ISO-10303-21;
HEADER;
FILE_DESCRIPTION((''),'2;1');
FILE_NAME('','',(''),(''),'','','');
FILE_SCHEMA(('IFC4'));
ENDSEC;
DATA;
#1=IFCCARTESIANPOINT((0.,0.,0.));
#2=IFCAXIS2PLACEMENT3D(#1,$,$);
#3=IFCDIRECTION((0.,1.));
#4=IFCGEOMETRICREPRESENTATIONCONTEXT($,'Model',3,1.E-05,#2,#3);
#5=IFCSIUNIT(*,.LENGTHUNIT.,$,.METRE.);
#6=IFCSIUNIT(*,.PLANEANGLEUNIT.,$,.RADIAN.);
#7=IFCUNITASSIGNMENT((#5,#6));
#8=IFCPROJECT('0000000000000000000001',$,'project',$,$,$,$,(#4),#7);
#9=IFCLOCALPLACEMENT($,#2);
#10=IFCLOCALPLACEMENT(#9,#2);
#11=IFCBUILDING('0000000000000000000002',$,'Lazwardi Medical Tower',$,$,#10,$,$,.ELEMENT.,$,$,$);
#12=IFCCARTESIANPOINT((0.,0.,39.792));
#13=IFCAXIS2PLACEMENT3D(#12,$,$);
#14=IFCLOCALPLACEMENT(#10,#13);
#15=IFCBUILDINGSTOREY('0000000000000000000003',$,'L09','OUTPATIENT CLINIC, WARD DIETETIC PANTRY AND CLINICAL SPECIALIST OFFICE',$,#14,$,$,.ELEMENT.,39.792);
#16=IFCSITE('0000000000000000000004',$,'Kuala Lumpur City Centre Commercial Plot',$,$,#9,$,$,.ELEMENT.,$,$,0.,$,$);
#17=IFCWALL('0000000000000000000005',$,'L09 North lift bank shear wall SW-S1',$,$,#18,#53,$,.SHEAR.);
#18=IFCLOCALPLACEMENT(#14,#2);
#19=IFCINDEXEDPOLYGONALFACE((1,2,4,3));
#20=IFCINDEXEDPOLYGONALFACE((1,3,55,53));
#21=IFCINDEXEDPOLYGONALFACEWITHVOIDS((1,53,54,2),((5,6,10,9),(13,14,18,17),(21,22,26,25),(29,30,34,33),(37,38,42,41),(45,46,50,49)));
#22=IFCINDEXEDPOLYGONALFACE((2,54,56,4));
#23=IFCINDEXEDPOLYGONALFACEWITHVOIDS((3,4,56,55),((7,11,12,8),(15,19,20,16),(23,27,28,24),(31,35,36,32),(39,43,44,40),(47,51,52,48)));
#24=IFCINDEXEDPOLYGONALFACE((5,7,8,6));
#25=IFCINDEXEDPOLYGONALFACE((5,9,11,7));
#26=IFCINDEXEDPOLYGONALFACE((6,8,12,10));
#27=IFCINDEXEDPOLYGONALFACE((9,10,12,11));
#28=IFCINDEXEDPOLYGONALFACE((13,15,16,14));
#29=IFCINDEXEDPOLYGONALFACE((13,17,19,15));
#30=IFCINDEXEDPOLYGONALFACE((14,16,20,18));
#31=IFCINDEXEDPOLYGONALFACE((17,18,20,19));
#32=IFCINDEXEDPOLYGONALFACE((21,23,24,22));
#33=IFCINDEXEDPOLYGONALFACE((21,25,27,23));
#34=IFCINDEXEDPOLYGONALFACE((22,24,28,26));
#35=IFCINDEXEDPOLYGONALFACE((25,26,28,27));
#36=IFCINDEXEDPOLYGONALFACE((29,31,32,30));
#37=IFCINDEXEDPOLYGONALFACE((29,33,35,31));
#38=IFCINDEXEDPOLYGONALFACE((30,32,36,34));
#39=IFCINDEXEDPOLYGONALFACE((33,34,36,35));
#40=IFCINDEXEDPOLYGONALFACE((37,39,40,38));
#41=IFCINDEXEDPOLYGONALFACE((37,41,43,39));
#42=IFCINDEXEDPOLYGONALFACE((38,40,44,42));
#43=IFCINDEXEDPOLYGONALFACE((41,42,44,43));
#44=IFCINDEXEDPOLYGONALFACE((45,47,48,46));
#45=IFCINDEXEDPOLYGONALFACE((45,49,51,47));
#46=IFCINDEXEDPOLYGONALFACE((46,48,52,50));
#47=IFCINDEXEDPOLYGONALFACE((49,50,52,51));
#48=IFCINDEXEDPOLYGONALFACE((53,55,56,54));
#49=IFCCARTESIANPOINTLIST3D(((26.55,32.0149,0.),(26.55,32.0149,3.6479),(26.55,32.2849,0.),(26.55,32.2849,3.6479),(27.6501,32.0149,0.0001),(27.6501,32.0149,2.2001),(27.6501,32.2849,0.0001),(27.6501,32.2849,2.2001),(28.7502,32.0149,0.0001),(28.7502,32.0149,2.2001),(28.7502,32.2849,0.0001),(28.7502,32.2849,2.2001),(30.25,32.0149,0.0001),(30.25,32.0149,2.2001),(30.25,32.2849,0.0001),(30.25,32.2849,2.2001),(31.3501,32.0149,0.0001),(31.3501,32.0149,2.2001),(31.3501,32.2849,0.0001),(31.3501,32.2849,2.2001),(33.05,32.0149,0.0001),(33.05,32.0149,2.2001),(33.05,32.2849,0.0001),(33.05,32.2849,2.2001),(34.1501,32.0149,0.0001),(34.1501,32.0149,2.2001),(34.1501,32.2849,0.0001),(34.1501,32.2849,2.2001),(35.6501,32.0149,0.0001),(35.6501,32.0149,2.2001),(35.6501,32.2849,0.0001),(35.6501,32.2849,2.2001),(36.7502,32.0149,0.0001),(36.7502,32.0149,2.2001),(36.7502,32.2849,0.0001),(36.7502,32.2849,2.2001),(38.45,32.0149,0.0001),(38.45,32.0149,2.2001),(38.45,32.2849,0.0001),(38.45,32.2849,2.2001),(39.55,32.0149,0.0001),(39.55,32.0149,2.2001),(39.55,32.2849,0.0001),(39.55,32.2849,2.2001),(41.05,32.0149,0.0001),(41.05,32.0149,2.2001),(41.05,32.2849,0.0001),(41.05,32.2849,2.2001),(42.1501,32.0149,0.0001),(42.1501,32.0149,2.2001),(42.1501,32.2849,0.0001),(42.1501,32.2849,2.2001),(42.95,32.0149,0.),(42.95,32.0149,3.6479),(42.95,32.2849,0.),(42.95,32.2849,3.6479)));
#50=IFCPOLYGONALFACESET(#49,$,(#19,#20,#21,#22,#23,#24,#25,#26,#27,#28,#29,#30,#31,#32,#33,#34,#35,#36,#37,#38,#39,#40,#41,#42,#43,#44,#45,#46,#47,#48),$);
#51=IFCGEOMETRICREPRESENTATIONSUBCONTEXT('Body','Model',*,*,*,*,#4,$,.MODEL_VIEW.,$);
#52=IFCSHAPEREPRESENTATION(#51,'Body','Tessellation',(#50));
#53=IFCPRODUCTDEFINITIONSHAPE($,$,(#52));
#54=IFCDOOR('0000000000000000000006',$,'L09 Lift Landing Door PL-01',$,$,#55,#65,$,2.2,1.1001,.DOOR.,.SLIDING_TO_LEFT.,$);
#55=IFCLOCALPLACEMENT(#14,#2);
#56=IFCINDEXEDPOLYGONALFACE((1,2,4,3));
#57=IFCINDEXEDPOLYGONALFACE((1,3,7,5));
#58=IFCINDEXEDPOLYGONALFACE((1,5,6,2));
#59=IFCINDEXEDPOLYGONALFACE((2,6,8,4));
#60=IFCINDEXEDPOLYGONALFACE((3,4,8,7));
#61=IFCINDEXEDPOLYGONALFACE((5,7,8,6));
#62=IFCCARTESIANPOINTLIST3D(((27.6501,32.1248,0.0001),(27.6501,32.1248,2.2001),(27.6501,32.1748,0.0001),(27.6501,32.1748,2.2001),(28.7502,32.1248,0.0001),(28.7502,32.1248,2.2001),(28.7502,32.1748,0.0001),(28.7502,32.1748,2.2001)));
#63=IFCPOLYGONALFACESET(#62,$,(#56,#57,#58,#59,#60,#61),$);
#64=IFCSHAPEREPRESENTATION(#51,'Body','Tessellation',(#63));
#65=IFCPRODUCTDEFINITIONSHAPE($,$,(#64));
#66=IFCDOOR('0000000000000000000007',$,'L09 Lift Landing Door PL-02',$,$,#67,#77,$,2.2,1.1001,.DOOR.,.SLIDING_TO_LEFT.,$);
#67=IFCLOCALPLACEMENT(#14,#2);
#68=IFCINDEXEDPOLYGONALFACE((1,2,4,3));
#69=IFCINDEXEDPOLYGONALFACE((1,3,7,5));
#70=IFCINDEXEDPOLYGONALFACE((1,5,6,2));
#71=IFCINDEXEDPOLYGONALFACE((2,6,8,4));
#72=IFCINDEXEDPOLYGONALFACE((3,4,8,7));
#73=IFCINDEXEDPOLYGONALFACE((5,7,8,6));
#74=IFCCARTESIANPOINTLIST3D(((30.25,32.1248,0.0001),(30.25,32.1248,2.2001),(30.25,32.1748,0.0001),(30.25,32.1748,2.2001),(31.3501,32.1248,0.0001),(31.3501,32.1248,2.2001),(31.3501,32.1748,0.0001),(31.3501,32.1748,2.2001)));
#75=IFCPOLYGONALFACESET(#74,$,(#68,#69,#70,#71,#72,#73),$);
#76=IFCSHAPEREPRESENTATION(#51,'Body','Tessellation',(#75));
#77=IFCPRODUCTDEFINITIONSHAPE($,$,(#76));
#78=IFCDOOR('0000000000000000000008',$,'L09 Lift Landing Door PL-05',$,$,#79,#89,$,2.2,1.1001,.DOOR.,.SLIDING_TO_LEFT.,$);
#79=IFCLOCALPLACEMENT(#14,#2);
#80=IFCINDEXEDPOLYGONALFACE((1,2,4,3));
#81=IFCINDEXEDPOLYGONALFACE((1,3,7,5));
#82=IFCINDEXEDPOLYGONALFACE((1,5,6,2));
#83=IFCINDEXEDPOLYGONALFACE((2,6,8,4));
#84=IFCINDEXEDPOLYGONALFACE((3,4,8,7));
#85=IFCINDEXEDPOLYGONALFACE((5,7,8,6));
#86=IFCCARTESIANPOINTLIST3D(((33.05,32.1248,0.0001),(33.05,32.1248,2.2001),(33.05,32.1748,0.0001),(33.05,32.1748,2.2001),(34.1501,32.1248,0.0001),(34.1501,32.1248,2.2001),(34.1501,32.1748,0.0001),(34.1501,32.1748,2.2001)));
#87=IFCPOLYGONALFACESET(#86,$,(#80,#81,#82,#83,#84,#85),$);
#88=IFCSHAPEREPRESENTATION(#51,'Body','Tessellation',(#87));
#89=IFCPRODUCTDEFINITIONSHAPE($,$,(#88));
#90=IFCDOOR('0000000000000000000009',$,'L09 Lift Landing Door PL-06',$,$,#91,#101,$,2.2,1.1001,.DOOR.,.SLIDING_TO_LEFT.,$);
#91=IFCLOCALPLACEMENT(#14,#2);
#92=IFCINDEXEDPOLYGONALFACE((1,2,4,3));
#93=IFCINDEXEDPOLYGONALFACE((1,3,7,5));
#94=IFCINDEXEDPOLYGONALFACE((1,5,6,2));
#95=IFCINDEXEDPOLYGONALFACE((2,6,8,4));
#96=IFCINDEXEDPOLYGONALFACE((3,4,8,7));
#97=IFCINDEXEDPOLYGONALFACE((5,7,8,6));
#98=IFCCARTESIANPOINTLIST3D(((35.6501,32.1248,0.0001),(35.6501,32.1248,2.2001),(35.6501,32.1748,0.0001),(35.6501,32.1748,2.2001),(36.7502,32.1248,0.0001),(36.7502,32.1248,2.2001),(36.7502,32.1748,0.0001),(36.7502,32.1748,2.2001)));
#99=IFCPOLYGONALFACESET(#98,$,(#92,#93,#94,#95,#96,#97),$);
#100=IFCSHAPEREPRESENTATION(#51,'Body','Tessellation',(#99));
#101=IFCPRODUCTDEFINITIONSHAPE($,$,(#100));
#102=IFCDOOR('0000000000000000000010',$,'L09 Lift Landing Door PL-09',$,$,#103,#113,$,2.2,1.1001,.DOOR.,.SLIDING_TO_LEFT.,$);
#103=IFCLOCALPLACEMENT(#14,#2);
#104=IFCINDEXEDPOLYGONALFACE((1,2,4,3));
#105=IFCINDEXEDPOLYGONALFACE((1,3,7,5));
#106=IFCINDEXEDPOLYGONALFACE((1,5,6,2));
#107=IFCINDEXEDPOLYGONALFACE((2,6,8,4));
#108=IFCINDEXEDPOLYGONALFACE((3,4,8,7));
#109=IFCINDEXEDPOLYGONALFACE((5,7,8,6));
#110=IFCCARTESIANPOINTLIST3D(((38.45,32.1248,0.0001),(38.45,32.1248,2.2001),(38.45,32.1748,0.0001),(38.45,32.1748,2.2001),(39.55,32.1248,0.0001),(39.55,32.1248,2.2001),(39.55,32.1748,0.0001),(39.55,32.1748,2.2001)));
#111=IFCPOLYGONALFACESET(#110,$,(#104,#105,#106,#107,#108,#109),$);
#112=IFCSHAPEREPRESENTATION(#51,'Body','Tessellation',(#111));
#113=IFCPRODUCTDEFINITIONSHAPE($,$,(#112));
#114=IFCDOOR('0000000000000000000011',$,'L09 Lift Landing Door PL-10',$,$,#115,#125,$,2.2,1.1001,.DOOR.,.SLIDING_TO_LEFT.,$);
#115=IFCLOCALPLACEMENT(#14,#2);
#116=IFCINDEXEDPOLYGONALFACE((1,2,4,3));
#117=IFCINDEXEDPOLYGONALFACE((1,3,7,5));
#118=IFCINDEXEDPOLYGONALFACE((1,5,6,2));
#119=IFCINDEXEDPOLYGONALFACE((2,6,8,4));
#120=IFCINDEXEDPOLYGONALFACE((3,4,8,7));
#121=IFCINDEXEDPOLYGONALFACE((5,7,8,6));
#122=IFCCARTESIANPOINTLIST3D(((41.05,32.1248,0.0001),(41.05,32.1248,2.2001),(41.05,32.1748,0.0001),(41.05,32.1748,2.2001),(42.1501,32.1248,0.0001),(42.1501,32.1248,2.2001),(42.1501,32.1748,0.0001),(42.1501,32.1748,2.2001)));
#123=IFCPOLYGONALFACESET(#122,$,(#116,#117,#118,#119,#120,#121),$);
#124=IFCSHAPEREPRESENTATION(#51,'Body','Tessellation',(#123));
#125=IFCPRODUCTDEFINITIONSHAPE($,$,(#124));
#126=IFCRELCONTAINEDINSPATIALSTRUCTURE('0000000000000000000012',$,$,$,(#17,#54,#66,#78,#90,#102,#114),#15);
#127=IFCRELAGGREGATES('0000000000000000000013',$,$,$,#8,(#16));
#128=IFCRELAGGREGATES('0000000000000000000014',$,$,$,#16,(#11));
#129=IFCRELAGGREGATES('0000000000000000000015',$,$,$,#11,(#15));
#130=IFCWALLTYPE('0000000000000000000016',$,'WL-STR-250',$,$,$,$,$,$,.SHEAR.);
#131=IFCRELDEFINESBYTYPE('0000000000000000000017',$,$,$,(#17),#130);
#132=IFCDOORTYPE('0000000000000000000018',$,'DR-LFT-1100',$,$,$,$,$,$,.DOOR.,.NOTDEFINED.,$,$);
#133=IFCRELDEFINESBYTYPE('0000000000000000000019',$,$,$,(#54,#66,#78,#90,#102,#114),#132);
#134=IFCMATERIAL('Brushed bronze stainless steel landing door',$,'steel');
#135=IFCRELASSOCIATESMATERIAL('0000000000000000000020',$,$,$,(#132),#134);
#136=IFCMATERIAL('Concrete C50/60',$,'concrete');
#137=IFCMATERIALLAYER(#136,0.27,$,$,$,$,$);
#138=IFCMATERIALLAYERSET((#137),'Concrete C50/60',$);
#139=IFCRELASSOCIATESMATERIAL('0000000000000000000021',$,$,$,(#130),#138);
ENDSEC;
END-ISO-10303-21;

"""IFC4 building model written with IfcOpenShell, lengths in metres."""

from ifc_helpers import new_model, si_unit, direction, frame, frame_2d, origin, place, context, subcontext, project, spatial, rectangle, extrude, material, layer, layer_set, type_object, element, fill, save


model = new_model("IFC4")

# Units and contexts
model_context = context("Model", 3, precision=1e-05, world=origin(), true_north=direction((0.0, 1.0)))
body_context = subcontext(model_context, "Body", "Model", "MODEL_VIEW")
ifc_project = project(units=[si_unit("LENGTHUNIT", "METRE"), si_unit("PLANEANGLEUNIT", "RADIAN")], contexts=[model_context])

# Site, building, storey
site_placement = place(None, origin())
site = spatial("IfcSite", under=ifc_project, at=site_placement, Name="Kuala Lumpur City Centre Commercial Plot", CompositionType="ELEMENT", RefElevation=0.0)
building_placement = place(site_placement, origin())
building = spatial("IfcBuilding", under=site, at=building_placement, Name="Lazwardi Medical Tower", CompositionType="ELEMENT")
storey_placement = place(building_placement, frame((0.0, 0.0, 39.792)))
storey = spatial("IfcBuildingStorey", under=building, at=storey_placement, Name="L09", Description="OUTPATIENT CLINIC, WARD DIETETIC PANTRY AND CLINICAL SPECIALIST OFFICE", CompositionType="ELEMENT", Elevation=39.792)

# Shared definitions
ifc_material_1 = material(Name="Brushed bronze stainless steel landing door", Category="steel")
door_type_1 = type_object("IfcDoorType", Name="DR-LFT-1100", OperationType="NOTDEFINED", PredefinedType="DOOR", material=ifc_material_1)

# Shared definitions
ifc_material_2 = material(Name="Concrete C50/60", Category="concrete")
ifc_layer_1 = layer(ifc_material_2, 0.27)
ifc_layer_set_1 = layer_set([ifc_layer_1], Name="Concrete C50/60")
wall_type_1 = type_object("IfcWallType", Name="WL-STR-250", PredefinedType="SHEAR", material=ifc_layer_set_1)

# Wall, openings, doors
wall_1_placement = place(storey_placement, frame((26.55, 32.1499, 0.0), z_axis=(0.0, 0.0, 1.0), x_axis=(1.0, 0.0, 0.0)))
wall_1 = element("IfcWall", 1, at=wall_1_placement, inside=storey, type_object=wall_type_1, Name="L09 North lift bank shear wall SW-S1", PredefinedType="SHEAR", context=body_context, shape_type="SweptSolid", body=[
    extrude(rectangle(XDim=16.3999, YDim=0.27, at=frame_2d((8.2, 0.0))), origin(), (0.0, 0.0, 1.0), 3.6479),
])
opening_1_placement = place(wall_1_placement, frame((1.1001, 0.0, 0.0)))
opening_1 = element("IfcOpeningElement", 2, at=opening_1_placement, cuts=wall_1, PredefinedType="OPENING", context=body_context, shape_type="SweptSolid", body=[
    extrude(rectangle(XDim=1.1001, YDim=2.2, at=frame_2d((0.55, 1.1001))), frame((0.0, 0.145, 0.0), z_axis=(0.0, -1.0, 0.0), x_axis=(1.0, 0.0, 0.0)), (0.0, 0.0, 1.0), 0.29),
])
opening_2_placement = place(wall_1_placement, frame((3.7, 0.0, 0.0)))
opening_2 = element("IfcOpeningElement", 3, at=opening_2_placement, cuts=wall_1, PredefinedType="OPENING", context=body_context, shape_type="SweptSolid", body=[
    extrude(rectangle(XDim=1.1001, YDim=2.2, at=frame_2d((0.55, 1.1001))), frame((0.0, 0.145, 0.0), z_axis=(0.0, -1.0, 0.0), x_axis=(1.0, 0.0, 0.0)), (0.0, 0.0, 1.0), 0.29),
])
opening_3_placement = place(wall_1_placement, frame((6.5, 0.0, 0.0)))
opening_3 = element("IfcOpeningElement", 4, at=opening_3_placement, cuts=wall_1, PredefinedType="OPENING", context=body_context, shape_type="SweptSolid", body=[
    extrude(rectangle(XDim=1.1001, YDim=2.2, at=frame_2d((0.55, 1.1001))), frame((0.0, 0.145, 0.0), z_axis=(0.0, -1.0, 0.0), x_axis=(1.0, 0.0, 0.0)), (0.0, 0.0, 1.0), 0.29),
])
opening_4_placement = place(wall_1_placement, frame((9.1001, 0.0, 0.0)))
opening_4 = element("IfcOpeningElement", 5, at=opening_4_placement, cuts=wall_1, PredefinedType="OPENING", context=body_context, shape_type="SweptSolid", body=[
    extrude(rectangle(XDim=1.1001, YDim=2.2, at=frame_2d((0.55, 1.1001))), frame((0.0, 0.145, 0.0), z_axis=(0.0, -1.0, 0.0), x_axis=(1.0, 0.0, 0.0)), (0.0, 0.0, 1.0), 0.29),
])
opening_5_placement = place(wall_1_placement, frame((11.8999, 0.0, 0.0)))
opening_5 = element("IfcOpeningElement", 6, at=opening_5_placement, cuts=wall_1, PredefinedType="OPENING", context=body_context, shape_type="SweptSolid", body=[
    extrude(rectangle(XDim=1.1001, YDim=2.2, at=frame_2d((0.55, 1.1001))), frame((0.0, 0.145, 0.0), z_axis=(0.0, -1.0, 0.0), x_axis=(1.0, 0.0, 0.0)), (0.0, 0.0, 1.0), 0.29),
])
opening_6_placement = place(wall_1_placement, frame((14.5, 0.0, 0.0)))
opening_6 = element("IfcOpeningElement", 7, at=opening_6_placement, cuts=wall_1, PredefinedType="OPENING", context=body_context, shape_type="SweptSolid", body=[
    extrude(rectangle(XDim=1.1001, YDim=2.2, at=frame_2d((0.55, 1.1001))), frame((0.0, 0.145, 0.0), z_axis=(0.0, -1.0, 0.0), x_axis=(1.0, 0.0, 0.0)), (0.0, 0.0, 1.0), 0.29),
])
door_1_placement = place(opening_1_placement, origin())
door_1 = element("IfcDoor", 8, at=door_1_placement, inside=storey, type_object=door_type_1, Name="L09 Lift Landing Door PL-01", OperationType="SLIDING_TO_LEFT", OverallHeight=2.2, OverallWidth=1.1001, PredefinedType="DOOR", context=body_context, shape_type="SweptSolid", body=[
    extrude(rectangle(XDim=1.1001, YDim=2.2, at=frame_2d((0.55, 1.1001))), frame((0.0, 0.0249, 0.0), z_axis=(0.0, -1.0, 0.0), x_axis=(1.0, 0.0, 0.0)), (0.0, 0.0, 1.0), 0.05),
])
fill(opening_1, door_1)
door_2_placement = place(opening_2_placement, origin())
door_2 = element("IfcDoor", 9, at=door_2_placement, inside=storey, type_object=door_type_1, Name="L09 Lift Landing Door PL-02", OperationType="SLIDING_TO_LEFT", OverallHeight=2.2, OverallWidth=1.1001, PredefinedType="DOOR", context=body_context, shape_type="SweptSolid", body=[
    extrude(rectangle(XDim=1.1001, YDim=2.2, at=frame_2d((0.55, 1.1001))), frame((0.0, 0.0249, 0.0), z_axis=(0.0, -1.0, 0.0), x_axis=(1.0, 0.0, 0.0)), (0.0, 0.0, 1.0), 0.05),
])
fill(opening_2, door_2)
door_3_placement = place(opening_3_placement, origin())
door_3 = element("IfcDoor", 10, at=door_3_placement, inside=storey, type_object=door_type_1, Name="L09 Lift Landing Door PL-05", OperationType="SLIDING_TO_LEFT", OverallHeight=2.2, OverallWidth=1.1001, PredefinedType="DOOR", context=body_context, shape_type="SweptSolid", body=[
    extrude(rectangle(XDim=1.1001, YDim=2.2, at=frame_2d((0.55, 1.1001))), frame((0.0, 0.0249, 0.0), z_axis=(0.0, -1.0, 0.0), x_axis=(1.0, 0.0, 0.0)), (0.0, 0.0, 1.0), 0.05),
])
fill(opening_3, door_3)
door_4_placement = place(opening_4_placement, origin())
door_4 = element("IfcDoor", 11, at=door_4_placement, inside=storey, type_object=door_type_1, Name="L09 Lift Landing Door PL-06", OperationType="SLIDING_TO_LEFT", OverallHeight=2.2, OverallWidth=1.1001, PredefinedType="DOOR", context=body_context, shape_type="SweptSolid", body=[
    extrude(rectangle(XDim=1.1001, YDim=2.2, at=frame_2d((0.55, 1.1001))), frame((0.0, 0.0249, 0.0), z_axis=(0.0, -1.0, 0.0), x_axis=(1.0, 0.0, 0.0)), (0.0, 0.0, 1.0), 0.05),
])
fill(opening_4, door_4)
door_5_placement = place(opening_5_placement, origin())
door_5 = element("IfcDoor", 12, at=door_5_placement, inside=storey, type_object=door_type_1, Name="L09 Lift Landing Door PL-09", OperationType="SLIDING_TO_LEFT", OverallHeight=2.2, OverallWidth=1.1001, PredefinedType="DOOR", context=body_context, shape_type="SweptSolid", body=[
    extrude(rectangle(XDim=1.1001, YDim=2.2, at=frame_2d((0.55, 1.1001))), frame((0.0, 0.0249, 0.0), z_axis=(0.0, -1.0, 0.0), x_axis=(1.0, 0.0, 0.0)), (0.0, 0.0, 1.0), 0.05),
])
fill(opening_5, door_5)
door_6_placement = place(opening_6_placement, origin())
door_6 = element("IfcDoor", 13, at=door_6_placement, inside=storey, type_object=door_type_1, Name="L09 Lift Landing Door PL-10", OperationType="SLIDING_TO_LEFT", OverallHeight=2.2, OverallWidth=1.1001, PredefinedType="DOOR", context=body_context, shape_type="SweptSolid", body=[
    extrude(rectangle(XDim=1.1001, YDim=2.2, at=frame_2d((0.55, 1.1001))), frame((0.0, 0.0249, 0.0), z_axis=(0.0, -1.0, 0.0), x_axis=(1.0, 0.0, 0.0)), (0.0, 0.0, 1.0), 0.05),
])
fill(opening_6, door_6)

save(model, "model.ifc")
